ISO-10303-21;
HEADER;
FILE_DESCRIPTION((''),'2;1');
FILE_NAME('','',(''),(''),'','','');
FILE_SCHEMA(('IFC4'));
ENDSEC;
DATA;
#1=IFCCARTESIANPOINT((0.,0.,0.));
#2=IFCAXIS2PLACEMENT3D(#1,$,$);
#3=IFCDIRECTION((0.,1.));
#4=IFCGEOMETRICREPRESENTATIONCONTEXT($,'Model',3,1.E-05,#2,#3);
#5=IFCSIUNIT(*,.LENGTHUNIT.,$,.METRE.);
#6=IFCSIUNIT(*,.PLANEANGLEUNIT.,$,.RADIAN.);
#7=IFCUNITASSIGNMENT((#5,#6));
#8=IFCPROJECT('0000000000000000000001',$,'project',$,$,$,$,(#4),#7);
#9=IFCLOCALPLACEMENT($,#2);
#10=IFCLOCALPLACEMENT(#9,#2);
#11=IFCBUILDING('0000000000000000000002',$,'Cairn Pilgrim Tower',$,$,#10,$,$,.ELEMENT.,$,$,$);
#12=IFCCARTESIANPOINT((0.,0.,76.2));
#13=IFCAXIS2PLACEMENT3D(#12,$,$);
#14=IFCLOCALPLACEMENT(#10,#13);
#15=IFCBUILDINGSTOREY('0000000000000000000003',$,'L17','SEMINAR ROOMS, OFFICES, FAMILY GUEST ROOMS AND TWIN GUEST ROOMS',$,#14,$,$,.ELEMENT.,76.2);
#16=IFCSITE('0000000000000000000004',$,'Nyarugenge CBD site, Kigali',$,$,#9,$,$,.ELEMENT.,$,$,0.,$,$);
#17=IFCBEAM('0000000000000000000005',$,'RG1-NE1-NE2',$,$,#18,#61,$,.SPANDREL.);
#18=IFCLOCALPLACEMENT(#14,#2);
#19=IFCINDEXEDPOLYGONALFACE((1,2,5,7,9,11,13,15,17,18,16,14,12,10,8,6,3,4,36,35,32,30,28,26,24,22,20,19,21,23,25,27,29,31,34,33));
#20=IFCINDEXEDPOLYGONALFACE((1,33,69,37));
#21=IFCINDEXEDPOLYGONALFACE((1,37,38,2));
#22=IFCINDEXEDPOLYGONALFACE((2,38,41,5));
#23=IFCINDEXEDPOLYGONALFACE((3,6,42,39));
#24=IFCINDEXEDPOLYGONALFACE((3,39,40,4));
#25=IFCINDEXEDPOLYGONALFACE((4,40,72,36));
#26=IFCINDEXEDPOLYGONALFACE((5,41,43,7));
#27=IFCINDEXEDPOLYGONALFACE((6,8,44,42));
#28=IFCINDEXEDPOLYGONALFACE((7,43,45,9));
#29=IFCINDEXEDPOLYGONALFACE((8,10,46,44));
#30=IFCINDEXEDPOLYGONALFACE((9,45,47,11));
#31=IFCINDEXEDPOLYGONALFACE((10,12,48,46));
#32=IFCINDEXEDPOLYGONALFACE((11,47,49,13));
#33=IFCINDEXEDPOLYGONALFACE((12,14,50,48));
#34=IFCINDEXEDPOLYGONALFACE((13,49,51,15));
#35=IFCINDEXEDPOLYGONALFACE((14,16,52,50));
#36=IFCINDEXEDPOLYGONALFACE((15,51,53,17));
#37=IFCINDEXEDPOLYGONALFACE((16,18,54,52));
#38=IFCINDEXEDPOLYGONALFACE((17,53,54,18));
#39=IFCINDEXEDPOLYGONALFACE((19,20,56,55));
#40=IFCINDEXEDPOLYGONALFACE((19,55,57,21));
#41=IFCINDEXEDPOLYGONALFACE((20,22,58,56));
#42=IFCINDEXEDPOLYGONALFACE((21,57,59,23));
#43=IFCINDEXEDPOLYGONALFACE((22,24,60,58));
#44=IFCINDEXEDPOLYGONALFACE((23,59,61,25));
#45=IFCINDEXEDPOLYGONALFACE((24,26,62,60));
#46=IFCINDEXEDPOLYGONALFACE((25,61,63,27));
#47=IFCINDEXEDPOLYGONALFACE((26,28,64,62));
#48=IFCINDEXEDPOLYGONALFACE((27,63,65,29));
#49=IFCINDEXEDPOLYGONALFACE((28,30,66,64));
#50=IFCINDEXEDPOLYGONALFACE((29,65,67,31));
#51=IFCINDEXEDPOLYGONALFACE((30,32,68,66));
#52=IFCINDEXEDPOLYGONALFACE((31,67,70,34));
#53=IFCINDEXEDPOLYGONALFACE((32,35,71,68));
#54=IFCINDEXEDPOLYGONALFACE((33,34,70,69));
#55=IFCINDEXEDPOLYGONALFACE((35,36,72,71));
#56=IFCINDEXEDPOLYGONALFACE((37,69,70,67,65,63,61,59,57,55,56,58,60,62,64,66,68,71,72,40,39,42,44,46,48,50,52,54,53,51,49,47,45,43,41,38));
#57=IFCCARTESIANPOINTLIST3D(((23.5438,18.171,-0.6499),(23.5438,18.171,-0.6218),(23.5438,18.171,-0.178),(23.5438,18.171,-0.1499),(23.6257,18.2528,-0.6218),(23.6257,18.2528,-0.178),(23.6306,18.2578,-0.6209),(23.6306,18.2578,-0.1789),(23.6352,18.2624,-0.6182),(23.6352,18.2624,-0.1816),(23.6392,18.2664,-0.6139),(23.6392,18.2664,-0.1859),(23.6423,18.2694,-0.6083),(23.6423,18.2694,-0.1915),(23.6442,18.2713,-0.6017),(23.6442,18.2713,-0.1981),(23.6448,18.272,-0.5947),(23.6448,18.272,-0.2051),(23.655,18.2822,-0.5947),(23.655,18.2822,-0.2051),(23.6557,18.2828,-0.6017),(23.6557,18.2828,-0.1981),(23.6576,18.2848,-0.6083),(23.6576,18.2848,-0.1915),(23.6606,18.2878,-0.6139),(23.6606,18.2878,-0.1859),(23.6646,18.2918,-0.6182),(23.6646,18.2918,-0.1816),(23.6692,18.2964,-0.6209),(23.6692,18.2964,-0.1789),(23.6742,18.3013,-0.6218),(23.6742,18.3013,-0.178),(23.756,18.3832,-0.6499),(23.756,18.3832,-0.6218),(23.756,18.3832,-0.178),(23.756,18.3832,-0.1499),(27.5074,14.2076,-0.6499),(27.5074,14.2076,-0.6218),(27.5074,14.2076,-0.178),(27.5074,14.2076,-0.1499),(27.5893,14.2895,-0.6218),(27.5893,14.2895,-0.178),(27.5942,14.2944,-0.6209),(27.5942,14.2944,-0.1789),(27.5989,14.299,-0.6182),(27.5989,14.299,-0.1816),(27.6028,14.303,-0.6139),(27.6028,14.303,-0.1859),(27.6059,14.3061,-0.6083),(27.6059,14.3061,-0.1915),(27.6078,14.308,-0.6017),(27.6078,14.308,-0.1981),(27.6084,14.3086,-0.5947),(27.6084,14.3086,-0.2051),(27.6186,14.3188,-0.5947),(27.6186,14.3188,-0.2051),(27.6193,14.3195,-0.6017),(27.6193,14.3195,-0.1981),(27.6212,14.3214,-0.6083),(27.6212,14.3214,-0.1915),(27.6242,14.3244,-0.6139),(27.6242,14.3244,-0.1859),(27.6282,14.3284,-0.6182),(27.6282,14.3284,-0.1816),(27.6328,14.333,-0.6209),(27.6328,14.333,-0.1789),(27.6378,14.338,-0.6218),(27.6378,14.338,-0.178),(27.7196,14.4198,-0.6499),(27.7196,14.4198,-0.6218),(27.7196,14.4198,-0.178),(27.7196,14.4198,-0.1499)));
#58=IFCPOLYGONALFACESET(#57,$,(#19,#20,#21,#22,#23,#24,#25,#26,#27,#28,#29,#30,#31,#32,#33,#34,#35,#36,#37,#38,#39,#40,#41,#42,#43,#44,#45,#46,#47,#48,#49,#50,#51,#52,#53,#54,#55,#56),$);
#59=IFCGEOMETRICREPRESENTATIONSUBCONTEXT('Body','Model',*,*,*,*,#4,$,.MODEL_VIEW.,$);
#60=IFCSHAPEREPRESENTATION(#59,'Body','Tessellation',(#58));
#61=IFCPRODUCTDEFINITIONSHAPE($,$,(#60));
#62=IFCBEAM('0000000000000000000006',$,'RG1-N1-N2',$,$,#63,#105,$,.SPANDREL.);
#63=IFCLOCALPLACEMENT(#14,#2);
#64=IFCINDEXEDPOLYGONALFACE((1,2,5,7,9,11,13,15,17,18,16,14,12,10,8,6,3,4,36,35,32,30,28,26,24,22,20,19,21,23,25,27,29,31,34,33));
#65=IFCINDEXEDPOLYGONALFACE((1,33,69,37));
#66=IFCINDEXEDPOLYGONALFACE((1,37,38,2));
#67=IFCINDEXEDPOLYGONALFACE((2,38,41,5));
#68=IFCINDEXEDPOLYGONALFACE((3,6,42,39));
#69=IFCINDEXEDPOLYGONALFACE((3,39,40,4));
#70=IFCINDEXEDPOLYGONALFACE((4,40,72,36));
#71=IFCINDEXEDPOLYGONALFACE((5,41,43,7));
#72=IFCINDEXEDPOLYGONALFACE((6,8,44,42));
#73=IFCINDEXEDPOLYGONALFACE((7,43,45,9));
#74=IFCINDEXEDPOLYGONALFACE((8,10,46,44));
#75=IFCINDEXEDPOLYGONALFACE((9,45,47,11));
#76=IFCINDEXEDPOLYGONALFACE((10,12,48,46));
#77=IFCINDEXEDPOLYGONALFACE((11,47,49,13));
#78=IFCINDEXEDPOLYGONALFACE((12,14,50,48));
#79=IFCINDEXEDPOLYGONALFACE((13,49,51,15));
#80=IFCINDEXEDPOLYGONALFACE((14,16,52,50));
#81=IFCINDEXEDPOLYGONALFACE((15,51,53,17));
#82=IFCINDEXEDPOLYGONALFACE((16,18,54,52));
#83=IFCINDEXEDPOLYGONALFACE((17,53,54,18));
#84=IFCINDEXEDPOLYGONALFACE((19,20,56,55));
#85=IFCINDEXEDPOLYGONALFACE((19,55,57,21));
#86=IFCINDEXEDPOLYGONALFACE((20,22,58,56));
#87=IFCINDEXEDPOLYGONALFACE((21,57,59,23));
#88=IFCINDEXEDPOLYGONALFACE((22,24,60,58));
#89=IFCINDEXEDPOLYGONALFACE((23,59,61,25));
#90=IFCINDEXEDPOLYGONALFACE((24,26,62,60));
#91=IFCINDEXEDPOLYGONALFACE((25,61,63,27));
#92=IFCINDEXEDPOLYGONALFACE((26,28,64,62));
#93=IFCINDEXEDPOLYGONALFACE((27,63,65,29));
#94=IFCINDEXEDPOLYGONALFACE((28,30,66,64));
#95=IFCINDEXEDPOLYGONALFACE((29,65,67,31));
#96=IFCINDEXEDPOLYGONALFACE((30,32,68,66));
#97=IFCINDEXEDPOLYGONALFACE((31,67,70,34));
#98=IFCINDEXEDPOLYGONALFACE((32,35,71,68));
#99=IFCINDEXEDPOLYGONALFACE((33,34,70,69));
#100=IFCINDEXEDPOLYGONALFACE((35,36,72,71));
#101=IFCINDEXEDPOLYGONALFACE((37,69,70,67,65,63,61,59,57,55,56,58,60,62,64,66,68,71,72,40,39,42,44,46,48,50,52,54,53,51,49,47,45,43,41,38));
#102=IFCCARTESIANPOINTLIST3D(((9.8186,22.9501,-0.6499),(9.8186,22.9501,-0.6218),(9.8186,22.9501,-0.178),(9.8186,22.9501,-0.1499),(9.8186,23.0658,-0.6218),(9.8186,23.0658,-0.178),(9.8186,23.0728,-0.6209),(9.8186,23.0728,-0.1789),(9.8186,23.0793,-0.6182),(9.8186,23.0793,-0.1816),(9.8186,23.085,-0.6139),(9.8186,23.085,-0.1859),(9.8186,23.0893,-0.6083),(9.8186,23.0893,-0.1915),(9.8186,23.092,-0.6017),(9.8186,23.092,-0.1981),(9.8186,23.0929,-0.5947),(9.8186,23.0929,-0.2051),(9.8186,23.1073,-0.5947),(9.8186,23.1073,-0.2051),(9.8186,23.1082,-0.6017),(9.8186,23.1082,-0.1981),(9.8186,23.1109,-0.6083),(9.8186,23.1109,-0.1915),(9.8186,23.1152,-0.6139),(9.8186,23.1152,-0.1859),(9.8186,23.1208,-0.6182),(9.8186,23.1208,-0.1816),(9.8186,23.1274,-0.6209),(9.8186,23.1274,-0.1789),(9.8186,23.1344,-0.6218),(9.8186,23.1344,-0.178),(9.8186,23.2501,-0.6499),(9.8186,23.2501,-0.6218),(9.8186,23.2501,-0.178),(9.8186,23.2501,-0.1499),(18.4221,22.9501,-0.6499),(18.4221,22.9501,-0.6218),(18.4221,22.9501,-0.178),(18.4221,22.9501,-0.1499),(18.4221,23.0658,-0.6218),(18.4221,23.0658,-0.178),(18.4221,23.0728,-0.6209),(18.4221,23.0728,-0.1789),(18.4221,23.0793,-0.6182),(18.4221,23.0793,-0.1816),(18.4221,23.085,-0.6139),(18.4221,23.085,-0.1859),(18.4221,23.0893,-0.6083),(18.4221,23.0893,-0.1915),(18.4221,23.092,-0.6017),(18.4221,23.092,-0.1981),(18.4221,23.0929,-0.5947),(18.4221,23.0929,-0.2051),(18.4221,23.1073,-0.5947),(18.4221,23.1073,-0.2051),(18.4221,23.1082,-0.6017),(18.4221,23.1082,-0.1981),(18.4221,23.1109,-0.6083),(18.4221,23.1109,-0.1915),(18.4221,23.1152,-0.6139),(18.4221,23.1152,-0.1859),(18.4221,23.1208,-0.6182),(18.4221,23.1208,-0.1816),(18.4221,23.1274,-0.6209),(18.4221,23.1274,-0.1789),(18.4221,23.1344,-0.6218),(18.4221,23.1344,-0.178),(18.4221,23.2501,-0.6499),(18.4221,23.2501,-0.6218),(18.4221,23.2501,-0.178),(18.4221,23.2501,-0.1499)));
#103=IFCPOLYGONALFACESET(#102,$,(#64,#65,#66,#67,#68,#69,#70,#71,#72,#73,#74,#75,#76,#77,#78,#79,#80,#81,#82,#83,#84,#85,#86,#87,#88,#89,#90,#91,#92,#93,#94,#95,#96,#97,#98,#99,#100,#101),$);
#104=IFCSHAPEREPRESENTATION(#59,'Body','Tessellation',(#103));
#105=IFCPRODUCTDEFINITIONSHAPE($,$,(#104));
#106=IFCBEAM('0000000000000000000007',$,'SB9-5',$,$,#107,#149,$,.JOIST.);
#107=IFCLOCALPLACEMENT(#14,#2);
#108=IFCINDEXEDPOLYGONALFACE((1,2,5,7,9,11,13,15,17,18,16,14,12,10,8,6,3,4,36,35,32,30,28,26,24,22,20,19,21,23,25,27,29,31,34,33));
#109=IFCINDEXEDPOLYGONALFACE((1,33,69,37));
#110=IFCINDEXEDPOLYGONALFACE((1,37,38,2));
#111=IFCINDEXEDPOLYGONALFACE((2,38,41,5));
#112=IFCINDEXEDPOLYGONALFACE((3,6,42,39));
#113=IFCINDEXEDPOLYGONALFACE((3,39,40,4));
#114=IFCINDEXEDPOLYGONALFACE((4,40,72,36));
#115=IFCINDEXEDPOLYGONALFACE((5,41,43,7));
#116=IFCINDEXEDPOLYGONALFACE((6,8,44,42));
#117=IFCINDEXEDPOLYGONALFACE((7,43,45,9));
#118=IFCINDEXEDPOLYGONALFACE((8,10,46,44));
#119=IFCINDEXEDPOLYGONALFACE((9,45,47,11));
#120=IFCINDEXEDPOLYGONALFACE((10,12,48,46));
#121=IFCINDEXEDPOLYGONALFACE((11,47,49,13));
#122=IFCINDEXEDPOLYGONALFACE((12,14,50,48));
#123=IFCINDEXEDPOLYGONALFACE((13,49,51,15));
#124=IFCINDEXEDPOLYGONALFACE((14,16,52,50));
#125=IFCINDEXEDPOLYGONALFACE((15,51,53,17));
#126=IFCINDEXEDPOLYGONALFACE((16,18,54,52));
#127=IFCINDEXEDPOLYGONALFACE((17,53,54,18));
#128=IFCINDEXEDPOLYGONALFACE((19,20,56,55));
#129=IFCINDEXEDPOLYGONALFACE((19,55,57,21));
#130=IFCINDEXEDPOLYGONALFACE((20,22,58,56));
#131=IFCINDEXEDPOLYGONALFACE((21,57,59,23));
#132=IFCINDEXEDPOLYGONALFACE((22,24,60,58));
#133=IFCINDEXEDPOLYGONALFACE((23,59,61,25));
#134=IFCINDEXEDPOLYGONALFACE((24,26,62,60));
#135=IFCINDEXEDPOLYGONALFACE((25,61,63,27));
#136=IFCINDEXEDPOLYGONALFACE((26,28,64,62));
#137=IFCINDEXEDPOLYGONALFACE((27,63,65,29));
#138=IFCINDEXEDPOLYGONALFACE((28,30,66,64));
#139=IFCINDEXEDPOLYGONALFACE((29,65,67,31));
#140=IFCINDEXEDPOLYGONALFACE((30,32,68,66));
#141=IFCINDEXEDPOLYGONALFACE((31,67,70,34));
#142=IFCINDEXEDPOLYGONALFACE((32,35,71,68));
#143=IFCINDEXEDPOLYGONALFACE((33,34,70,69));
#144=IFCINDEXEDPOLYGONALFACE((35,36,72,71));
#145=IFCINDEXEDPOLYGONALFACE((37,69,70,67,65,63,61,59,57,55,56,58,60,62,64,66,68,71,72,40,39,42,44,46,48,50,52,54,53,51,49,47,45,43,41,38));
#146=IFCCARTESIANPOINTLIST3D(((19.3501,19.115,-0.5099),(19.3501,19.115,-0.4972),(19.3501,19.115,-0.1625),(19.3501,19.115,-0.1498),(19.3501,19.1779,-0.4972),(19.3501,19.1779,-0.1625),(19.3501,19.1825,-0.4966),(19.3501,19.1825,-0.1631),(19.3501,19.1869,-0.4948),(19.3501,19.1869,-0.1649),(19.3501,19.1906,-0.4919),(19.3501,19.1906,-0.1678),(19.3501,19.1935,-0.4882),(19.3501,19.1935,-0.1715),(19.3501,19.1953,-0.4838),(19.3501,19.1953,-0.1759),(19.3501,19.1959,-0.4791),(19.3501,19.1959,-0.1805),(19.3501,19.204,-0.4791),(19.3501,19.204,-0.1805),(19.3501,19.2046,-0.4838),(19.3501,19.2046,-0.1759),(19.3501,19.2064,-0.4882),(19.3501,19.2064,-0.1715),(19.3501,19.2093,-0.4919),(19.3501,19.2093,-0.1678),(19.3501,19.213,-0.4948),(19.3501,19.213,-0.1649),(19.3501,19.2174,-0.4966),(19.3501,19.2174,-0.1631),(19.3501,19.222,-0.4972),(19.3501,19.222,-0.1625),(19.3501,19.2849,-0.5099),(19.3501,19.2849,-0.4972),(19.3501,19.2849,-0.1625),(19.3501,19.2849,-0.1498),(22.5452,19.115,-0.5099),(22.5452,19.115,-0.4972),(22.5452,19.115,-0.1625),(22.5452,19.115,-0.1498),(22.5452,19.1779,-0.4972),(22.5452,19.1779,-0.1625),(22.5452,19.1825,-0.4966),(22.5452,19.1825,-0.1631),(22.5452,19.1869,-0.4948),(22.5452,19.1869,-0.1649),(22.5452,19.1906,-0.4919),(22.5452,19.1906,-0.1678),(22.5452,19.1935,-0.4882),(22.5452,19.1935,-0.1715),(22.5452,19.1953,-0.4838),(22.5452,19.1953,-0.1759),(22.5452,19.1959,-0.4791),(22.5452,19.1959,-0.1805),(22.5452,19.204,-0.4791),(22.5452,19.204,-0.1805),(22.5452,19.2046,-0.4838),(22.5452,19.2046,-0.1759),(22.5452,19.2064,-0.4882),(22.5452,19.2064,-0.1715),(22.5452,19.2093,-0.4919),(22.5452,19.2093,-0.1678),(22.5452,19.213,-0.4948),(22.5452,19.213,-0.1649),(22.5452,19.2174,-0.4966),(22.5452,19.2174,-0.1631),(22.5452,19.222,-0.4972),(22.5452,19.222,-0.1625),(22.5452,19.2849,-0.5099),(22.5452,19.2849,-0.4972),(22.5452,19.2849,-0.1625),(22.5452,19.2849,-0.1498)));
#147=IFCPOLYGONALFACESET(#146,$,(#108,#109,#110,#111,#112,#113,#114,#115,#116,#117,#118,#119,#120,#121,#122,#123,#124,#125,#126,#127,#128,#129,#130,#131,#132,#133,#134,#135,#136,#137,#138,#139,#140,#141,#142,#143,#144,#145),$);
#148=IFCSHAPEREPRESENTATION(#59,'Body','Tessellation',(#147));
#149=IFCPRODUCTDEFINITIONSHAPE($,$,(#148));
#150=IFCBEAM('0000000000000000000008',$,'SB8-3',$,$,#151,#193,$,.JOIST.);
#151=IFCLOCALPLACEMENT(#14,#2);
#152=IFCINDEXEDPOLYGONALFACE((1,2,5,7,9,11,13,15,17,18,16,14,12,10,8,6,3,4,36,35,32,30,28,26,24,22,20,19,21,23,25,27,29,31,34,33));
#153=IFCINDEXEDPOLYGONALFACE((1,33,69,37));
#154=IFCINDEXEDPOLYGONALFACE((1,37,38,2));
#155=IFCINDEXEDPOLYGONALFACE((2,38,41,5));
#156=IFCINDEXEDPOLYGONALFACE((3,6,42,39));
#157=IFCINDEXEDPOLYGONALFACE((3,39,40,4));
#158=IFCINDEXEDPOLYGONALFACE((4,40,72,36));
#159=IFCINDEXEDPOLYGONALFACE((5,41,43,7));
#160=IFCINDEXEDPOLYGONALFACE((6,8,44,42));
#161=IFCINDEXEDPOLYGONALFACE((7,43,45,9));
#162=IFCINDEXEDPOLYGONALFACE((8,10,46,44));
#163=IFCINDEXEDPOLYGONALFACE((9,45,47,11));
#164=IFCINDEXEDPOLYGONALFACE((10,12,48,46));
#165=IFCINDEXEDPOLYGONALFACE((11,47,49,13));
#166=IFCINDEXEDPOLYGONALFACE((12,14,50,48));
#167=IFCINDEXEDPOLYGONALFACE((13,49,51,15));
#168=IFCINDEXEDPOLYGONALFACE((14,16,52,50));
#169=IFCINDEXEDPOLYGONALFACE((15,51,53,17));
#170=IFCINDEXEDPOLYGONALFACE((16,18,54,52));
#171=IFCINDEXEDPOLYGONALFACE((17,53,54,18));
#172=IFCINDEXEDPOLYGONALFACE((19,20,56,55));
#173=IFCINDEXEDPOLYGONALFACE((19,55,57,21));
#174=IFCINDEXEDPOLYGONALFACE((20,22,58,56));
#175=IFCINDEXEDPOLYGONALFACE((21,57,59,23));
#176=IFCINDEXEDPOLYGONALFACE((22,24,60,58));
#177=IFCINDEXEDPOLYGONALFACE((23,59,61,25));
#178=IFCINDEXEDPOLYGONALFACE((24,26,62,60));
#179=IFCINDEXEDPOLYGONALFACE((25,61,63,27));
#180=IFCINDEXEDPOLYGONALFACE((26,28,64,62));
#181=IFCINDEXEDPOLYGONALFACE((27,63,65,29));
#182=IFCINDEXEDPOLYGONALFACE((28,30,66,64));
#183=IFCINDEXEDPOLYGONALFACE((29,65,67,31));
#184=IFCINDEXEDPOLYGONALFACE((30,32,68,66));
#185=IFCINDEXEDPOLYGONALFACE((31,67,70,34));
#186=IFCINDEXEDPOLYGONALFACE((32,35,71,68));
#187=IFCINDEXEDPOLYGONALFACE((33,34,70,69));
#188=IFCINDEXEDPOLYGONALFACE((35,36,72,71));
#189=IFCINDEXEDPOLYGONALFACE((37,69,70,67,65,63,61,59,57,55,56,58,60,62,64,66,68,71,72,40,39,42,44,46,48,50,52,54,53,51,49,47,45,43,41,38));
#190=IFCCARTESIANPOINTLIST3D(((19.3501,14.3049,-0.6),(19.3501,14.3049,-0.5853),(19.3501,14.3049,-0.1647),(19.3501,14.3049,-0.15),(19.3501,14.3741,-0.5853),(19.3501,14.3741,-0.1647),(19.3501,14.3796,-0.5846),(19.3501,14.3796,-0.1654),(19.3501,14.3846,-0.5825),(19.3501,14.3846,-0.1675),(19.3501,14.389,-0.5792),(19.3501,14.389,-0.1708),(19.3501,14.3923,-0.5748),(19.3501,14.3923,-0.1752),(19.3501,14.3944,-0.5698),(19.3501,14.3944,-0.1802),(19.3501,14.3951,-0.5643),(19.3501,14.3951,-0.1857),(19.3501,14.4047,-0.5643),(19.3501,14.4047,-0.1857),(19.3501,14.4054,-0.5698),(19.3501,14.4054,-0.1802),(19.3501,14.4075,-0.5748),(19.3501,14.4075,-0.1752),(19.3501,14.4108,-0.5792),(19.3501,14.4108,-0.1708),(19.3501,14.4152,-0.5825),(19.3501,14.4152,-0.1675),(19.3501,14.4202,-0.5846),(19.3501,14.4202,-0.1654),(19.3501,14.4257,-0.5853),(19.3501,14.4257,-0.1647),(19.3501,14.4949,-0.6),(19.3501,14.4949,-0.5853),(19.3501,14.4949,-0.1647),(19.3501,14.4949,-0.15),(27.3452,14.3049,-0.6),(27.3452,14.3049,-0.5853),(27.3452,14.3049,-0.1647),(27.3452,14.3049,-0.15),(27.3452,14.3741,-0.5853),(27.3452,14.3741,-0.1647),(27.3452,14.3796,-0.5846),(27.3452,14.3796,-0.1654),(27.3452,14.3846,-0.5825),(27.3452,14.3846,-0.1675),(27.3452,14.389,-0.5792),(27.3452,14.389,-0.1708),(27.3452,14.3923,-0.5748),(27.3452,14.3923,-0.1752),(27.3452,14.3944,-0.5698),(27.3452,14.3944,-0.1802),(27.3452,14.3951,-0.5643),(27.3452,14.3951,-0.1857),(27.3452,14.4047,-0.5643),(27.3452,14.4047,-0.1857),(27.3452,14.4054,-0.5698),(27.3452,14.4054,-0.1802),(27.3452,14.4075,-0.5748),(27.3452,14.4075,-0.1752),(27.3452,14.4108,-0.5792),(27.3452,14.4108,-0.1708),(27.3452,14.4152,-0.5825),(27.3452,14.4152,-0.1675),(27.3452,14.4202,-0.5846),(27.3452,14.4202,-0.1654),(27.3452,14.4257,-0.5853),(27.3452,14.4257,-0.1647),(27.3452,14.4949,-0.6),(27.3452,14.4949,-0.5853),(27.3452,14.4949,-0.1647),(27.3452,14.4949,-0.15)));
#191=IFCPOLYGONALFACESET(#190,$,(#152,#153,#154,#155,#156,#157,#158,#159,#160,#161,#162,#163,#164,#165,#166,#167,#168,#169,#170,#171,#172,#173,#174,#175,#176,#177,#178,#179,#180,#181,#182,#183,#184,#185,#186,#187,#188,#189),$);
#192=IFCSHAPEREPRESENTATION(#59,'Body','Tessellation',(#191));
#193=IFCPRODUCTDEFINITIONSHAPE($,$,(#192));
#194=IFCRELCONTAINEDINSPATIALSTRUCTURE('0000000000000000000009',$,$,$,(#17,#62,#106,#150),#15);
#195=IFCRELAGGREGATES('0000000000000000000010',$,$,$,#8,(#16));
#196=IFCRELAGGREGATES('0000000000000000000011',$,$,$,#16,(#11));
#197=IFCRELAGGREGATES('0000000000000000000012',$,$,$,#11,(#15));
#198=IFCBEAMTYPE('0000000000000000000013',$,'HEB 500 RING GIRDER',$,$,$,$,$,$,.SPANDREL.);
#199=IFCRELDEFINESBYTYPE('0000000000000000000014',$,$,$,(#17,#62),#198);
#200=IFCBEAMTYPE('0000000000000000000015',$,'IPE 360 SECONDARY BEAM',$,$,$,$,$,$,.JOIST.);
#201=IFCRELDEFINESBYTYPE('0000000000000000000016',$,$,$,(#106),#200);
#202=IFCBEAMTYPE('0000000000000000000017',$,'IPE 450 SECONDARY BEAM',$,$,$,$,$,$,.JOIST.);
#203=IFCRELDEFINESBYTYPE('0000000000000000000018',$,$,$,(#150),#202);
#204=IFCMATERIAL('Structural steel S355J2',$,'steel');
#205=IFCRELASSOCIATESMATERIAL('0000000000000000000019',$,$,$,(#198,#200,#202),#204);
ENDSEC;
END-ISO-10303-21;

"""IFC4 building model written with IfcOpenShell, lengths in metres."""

from ifc_helpers import new_model, si_unit, direction, frame, origin, origin_2d, place, context, subcontext, project, spatial, i_section, extrude, material, material_profile, profile_set, type_object, element, save


model = new_model("IFC4")

# Units and contexts
model_context = context("Model", 3, precision=1e-05, world=origin(), true_north=direction((0.0, 1.0)))
body_context = subcontext(model_context, "Body", "Model", "MODEL_VIEW")
ifc_project = project(units=[si_unit("LENGTHUNIT", "METRE"), si_unit("PLANEANGLEUNIT", "RADIAN")], contexts=[model_context])

# Site, building, storey
site_placement = place(None, origin())
site = spatial("IfcSite", under=ifc_project, at=site_placement, Name="Nyarugenge CBD site, Kigali", CompositionType="ELEMENT", RefElevation=0.0)
building_placement = place(site_placement, origin())
building = spatial("IfcBuilding", under=site, at=building_placement, Name="Cairn Pilgrim Tower", CompositionType="ELEMENT")
storey_placement = place(building_placement, frame((0.0, 0.0, 76.2)))
storey = spatial("IfcBuildingStorey", under=building, at=storey_placement, Name="L17", Description="SEMINAR ROOMS, OFFICES, FAMILY GUEST ROOMS AND TWIN GUEST ROOMS", CompositionType="ELEMENT", Elevation=76.2)

# Shared definitions
ifc_material_1 = material(Name="Structural steel S355J2", Category="steel")

# Beams
ifc_material_profile_1 = material_profile(ifc_material_1, i_section(OverallWidth=0.3, OverallDepth=0.5, WebThickness=0.0144, FlangeThickness=0.0281, FilletRadius=0.0271, at=origin_2d()), Name="HEB 500")
ifc_profile_set_1 = profile_set([ifc_material_profile_1], Name="Structural steel S355J2")
beam_type_1 = type_object("IfcBeamType", Name="HEB 500 RING GIRDER", PredefinedType="SPANDREL", material=ifc_profile_set_1)
beam_1_placement = place(storey_placement, frame((27.6135, 14.3137, -0.3999), z_axis=(-0.707129, 0.707085, 0.0), x_axis=(-0.707085, -0.707129, 0.0)))
element("IfcBeam", 1, at=beam_1_placement, inside=storey, type_object=beam_type_1, Name="RG1-NE1-NE2", PredefinedType="SPANDREL", context=body_context, shape_type="SweptSolid", body=[
    extrude(i_section(OverallWidth=0.3, OverallDepth=0.5, WebThickness=0.0144, FlangeThickness=0.0281, FilletRadius=0.0271, at=origin_2d()), origin(), (0.0, 0.0, 1.0), 5.6052),
])
beam_2_placement = place(storey_placement, frame((18.4221, 23.1001, -0.3999), z_axis=(-1.0, 0.0, 0.0), x_axis=(0.0, -1.0, 0.0)))
element("IfcBeam", 2, at=beam_2_placement, inside=storey, type_object=beam_type_1, Name="RG1-N1-N2", PredefinedType="SPANDREL", context=body_context, shape_type="SweptSolid", body=[
    extrude(i_section(OverallWidth=0.3, OverallDepth=0.5, WebThickness=0.0144, FlangeThickness=0.0281, FilletRadius=0.0271, at=origin_2d()), origin(), (0.0, 0.0, 1.0), 8.6035),
])
ifc_material_profile_2 = material_profile(ifc_material_1, i_section(OverallWidth=0.1699, OverallDepth=0.3601, WebThickness=0.0081, FlangeThickness=0.0127, FilletRadius=0.0181, at=origin_2d()), Name="IPE 360")
ifc_profile_set_2 = profile_set([ifc_material_profile_2], Name="Structural steel S355J2")
beam_type_2 = type_object("IfcBeamType", Name="IPE 360 SECONDARY BEAM", PredefinedType="JOIST", material=ifc_profile_set_2)
beam_3_placement = place(storey_placement, frame((19.3501, 19.2, -0.3298), z_axis=(1.0, 0.0, 0.0), x_axis=(0.0, 1.0, 0.0)))
element("IfcBeam", 3, at=beam_3_placement, inside=storey, type_object=beam_type_2, Name="SB9-5", PredefinedType="JOIST", context=body_context, shape_type="SweptSolid", body=[
    extrude(i_section(OverallWidth=0.1699, OverallDepth=0.3601, WebThickness=0.0081, FlangeThickness=0.0127, FilletRadius=0.0181, at=origin_2d()), origin(), (0.0, 0.0, 1.0), 3.1951),
])
ifc_material_profile_3 = material_profile(ifc_material_1, i_section(OverallWidth=0.1899, OverallDepth=0.45, WebThickness=0.0095, FlangeThickness=0.0146, FilletRadius=0.021, at=origin_2d()), Name="IPE 450")
ifc_profile_set_3 = profile_set([ifc_material_profile_3], Name="Structural steel S355J2")
beam_type_3 = type_object("IfcBeamType", Name="IPE 450 SECONDARY BEAM", PredefinedType="JOIST", material=ifc_profile_set_3)
beam_4_placement = place(storey_placement, frame((19.3501, 14.3999, -0.375), z_axis=(1.0, 0.0, 0.0), x_axis=(0.0, 1.0, 0.0)))
element("IfcBeam", 4, at=beam_4_placement, inside=storey, type_object=beam_type_3, Name="SB8-3", PredefinedType="JOIST", context=body_context, shape_type="SweptSolid", body=[
    extrude(i_section(OverallWidth=0.1899, OverallDepth=0.45, WebThickness=0.0095, FlangeThickness=0.0146, FilletRadius=0.021, at=origin_2d()), origin(), (0.0, 0.0, 1.0), 7.9951),
])

save(model, "model.ifc")
